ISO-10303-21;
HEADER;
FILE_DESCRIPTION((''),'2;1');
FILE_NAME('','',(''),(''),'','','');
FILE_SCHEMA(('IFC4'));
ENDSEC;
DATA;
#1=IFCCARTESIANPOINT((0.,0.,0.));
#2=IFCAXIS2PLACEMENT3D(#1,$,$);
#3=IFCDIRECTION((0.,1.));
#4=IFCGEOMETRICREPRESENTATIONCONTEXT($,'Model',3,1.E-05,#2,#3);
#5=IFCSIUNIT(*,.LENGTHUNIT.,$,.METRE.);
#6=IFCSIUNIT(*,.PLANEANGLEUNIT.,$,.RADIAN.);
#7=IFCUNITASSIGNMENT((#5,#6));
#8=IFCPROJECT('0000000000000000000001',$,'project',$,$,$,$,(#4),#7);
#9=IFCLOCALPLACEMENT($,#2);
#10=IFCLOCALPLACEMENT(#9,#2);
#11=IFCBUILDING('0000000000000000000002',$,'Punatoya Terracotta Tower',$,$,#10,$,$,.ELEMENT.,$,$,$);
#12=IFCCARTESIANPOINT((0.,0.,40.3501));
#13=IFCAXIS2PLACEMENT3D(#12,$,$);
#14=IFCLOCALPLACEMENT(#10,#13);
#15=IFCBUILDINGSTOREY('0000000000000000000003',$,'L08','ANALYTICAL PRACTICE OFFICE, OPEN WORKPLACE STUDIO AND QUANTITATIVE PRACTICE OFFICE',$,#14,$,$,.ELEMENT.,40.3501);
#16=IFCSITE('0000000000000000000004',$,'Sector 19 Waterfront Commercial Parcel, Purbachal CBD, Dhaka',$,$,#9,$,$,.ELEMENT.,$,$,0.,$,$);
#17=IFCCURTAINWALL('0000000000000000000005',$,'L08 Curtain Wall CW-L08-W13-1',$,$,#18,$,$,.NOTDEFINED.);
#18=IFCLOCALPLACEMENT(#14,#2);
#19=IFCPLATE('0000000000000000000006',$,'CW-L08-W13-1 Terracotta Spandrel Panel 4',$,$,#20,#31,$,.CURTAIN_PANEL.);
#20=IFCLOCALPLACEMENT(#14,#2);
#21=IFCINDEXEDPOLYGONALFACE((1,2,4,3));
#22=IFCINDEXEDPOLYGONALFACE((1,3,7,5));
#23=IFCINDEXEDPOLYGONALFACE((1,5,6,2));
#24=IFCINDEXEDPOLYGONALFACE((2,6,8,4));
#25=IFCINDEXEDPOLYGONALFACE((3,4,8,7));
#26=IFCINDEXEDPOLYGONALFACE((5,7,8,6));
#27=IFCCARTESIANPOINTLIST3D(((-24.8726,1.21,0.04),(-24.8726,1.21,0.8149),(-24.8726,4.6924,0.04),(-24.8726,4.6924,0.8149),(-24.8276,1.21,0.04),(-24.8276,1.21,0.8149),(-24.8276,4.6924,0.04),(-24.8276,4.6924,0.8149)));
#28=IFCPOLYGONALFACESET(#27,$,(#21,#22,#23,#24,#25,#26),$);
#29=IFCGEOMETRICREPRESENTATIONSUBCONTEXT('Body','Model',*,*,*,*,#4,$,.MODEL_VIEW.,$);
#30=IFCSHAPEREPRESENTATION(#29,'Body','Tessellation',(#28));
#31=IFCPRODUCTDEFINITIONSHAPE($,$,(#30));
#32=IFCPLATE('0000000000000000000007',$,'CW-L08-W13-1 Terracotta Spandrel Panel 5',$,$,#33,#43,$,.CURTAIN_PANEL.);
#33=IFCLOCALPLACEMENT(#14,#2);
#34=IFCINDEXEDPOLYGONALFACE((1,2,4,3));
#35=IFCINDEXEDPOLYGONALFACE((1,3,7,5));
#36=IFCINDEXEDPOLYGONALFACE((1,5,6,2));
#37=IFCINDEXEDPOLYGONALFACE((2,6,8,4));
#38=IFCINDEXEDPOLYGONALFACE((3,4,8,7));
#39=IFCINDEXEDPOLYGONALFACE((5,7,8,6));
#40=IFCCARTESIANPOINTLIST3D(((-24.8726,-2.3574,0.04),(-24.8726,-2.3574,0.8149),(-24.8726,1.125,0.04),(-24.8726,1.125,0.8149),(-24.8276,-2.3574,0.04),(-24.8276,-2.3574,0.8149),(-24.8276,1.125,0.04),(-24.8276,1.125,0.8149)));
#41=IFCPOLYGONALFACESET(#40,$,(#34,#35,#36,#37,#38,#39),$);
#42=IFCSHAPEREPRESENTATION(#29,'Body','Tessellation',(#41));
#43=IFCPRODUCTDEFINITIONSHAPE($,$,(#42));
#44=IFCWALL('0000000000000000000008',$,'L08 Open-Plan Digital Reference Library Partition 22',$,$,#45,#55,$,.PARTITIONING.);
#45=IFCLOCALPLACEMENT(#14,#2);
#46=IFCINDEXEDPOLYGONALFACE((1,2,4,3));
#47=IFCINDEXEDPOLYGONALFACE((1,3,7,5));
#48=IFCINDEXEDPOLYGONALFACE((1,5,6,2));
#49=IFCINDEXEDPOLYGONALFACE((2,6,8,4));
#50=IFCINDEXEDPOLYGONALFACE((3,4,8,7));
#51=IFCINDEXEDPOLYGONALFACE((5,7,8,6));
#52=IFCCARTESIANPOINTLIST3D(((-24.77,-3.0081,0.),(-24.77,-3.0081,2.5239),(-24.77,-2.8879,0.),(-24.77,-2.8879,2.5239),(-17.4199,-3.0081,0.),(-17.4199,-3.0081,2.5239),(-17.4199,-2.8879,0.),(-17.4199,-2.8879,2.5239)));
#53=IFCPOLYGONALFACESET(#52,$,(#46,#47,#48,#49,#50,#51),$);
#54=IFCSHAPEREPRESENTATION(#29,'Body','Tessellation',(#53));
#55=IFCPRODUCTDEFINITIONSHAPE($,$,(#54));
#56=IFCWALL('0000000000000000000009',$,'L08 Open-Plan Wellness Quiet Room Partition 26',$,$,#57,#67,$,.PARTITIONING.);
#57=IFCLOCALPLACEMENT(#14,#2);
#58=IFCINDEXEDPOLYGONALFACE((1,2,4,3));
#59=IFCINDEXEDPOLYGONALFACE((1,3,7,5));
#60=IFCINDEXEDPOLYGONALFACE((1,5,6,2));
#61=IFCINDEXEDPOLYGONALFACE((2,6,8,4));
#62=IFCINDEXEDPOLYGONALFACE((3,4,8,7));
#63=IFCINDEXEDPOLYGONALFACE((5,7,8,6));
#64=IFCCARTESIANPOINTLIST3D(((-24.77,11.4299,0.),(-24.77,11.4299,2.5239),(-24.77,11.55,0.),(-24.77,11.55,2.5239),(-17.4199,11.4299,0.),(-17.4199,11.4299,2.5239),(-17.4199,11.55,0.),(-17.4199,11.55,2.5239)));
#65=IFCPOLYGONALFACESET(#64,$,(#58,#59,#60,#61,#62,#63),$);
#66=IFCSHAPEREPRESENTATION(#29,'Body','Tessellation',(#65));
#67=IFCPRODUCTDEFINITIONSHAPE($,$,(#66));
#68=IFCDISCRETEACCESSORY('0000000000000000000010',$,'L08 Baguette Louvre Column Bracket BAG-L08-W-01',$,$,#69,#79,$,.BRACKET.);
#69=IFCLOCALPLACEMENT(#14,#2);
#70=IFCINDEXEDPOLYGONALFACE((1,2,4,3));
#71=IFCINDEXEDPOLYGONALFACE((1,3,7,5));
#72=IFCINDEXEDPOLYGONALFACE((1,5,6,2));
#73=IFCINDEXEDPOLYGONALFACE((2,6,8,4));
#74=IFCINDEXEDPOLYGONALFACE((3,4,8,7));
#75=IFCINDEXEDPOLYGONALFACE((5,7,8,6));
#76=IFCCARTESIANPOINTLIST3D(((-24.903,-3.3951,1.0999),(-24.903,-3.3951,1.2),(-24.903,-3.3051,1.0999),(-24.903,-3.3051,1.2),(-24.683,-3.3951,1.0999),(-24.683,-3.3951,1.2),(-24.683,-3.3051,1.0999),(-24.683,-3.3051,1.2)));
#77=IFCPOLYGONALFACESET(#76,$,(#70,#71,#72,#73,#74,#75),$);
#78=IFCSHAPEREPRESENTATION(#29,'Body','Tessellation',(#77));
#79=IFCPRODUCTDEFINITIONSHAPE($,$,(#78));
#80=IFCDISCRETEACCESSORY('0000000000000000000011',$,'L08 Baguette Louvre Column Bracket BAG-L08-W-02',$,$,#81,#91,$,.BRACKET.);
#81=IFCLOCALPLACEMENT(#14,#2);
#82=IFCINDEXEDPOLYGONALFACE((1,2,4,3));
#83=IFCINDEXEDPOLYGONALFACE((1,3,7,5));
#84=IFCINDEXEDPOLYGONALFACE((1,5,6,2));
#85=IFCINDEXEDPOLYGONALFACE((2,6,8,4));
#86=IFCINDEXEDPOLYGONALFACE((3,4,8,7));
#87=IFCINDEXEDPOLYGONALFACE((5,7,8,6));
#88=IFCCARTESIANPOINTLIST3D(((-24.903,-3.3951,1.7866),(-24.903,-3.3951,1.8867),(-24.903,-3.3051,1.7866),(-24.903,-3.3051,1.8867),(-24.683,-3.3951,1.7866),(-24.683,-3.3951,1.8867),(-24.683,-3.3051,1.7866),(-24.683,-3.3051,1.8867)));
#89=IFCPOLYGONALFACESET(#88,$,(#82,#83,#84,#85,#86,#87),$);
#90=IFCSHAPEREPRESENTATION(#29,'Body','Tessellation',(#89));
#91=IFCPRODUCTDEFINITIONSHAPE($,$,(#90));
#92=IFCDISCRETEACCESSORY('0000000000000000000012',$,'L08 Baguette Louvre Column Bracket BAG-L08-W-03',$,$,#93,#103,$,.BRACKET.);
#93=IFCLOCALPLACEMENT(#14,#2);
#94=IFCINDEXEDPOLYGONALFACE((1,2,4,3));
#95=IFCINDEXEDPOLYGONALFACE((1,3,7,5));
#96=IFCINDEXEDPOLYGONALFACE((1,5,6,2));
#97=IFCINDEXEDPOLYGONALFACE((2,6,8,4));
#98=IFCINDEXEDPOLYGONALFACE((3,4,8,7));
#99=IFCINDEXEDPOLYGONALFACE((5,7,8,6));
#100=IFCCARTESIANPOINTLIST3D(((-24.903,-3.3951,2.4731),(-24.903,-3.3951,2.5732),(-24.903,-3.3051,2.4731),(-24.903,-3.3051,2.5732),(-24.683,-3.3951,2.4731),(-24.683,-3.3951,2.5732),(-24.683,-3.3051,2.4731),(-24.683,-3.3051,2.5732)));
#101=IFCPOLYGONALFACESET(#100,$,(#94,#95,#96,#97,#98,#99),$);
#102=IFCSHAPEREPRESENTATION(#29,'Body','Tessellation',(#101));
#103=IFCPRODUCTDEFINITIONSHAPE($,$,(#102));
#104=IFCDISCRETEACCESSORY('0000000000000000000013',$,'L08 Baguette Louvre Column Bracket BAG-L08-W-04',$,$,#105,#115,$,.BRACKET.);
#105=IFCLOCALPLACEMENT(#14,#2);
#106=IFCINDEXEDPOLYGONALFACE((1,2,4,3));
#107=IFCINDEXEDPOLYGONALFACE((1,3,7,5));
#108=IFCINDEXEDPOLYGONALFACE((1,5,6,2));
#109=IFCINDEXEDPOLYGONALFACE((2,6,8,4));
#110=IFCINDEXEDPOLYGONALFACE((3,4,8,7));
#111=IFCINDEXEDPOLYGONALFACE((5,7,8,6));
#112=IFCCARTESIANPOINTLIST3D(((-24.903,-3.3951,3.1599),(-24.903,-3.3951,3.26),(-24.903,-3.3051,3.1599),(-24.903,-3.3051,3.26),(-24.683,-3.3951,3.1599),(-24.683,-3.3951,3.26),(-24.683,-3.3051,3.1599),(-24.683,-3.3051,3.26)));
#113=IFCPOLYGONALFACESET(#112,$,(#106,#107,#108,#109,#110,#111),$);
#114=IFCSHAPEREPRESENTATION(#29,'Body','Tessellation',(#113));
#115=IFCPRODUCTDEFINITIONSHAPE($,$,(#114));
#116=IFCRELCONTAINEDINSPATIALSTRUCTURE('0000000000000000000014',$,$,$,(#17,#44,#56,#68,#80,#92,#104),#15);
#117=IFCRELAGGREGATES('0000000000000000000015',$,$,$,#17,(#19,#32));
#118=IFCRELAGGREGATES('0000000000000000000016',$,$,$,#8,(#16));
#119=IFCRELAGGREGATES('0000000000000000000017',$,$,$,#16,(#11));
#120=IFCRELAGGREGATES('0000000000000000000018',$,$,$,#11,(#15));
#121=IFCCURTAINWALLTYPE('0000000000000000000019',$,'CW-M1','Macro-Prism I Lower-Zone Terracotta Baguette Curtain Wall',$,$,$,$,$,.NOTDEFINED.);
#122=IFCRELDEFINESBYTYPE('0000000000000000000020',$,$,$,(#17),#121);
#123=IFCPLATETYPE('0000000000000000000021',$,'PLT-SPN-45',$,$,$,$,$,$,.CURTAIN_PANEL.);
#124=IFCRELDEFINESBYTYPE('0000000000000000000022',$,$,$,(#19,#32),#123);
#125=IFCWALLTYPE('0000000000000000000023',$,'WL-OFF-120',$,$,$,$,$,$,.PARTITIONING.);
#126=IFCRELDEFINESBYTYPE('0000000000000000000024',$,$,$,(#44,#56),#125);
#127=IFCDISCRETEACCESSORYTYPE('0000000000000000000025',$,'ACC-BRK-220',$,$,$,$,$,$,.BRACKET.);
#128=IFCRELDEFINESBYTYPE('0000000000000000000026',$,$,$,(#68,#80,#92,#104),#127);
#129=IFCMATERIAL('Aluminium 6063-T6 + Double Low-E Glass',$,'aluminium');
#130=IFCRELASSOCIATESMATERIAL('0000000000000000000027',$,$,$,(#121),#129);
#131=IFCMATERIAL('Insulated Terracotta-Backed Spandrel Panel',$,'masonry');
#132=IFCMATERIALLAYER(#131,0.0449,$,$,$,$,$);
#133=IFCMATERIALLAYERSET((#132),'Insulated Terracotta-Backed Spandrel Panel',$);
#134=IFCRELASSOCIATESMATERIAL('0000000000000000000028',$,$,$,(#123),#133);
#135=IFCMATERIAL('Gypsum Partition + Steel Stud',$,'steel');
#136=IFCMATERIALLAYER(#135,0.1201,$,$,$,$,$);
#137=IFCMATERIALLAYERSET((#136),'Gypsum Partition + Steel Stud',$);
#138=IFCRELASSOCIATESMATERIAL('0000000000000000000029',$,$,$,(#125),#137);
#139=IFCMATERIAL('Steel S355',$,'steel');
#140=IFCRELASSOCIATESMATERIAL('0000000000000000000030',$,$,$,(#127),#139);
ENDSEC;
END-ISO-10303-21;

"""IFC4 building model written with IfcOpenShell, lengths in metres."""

from ifc_helpers import new_model, si_unit, direction, frame, frame_2d, origin, origin_2d, place, context, subcontext, project, spatial, rectangle, extrude, material, layer, layer_set, type_object, element, aggregate, save


model = new_model("IFC4")

# Units and contexts
model_context = context("Model", 3, precision=1e-05, world=origin(), true_north=direction((0.0, 1.0)))
body_context = subcontext(model_context, "Body", "Model", "MODEL_VIEW")
ifc_project = project(units=[si_unit("LENGTHUNIT", "METRE"), si_unit("PLANEANGLEUNIT", "RADIAN")], contexts=[model_context])

# Site, building, storey
site_placement = place(None, origin())
site = spatial("IfcSite", under=ifc_project, at=site_placement, Name="Sector 19 Waterfront Commercial Parcel, Purbachal CBD, Dhaka", CompositionType="ELEMENT", RefElevation=0.0)
building_placement = place(site_placement, origin())
building = spatial("IfcBuilding", under=site, at=building_placement, Name="Punatoya Terracotta Tower", CompositionType="ELEMENT")
storey_placement = place(building_placement, frame((0.0, 0.0, 40.3501)))
storey = spatial("IfcBuildingStorey", under=building, at=storey_placement, Name="L08", Description="ANALYTICAL PRACTICE OFFICE, OPEN WORKPLACE STUDIO AND QUANTITATIVE PRACTICE OFFICE", CompositionType="ELEMENT", Elevation=40.3501)

# Curtain wall
ifc_material_1 = material(Name="Aluminium 6063-T6 + Double Low-E Glass", Category="aluminium")
curtain_wall_type = type_object("IfcCurtainWallType", Name="CW-M1", Description="Macro-Prism I Lower-Zone Terracotta Baguette Curtain Wall", PredefinedType="NOTDEFINED", material=ifc_material_1)
curtain_wall_placement = place(storey_placement, origin())
curtain_wall = element("IfcCurtainWall", 1, at=curtain_wall_placement, inside=storey, type_object=curtain_wall_type, Name="L08 Curtain Wall CW-L08-W13-1", PredefinedType="NOTDEFINED")

# Shared definitions
ifc_material_2 = material(Name="Steel S355", Category="steel")

# Plates
ifc_material_3 = material(Name="Insulated Terracotta-Backed Spandrel Panel", Category="masonry")
ifc_layer_1 = layer(ifc_material_3, 0.0449)
ifc_layer_set_1 = layer_set([ifc_layer_1], Name="Insulated Terracotta-Backed Spandrel Panel")
plate_type_1 = type_object("IfcPlateType", Name="PLT-SPN-45", PredefinedType="CURTAIN_PANEL", material=ifc_layer_set_1)
plate_1_placement = place(storey_placement, frame((-24.8501, 2.9512, 0.04), z_axis=(0.0, 0.0, 1.0), x_axis=(0.0, -1.0, 0.0)))
plate_1 = element("IfcPlate", 2, at=plate_1_placement, type_object=plate_type_1, Name="CW-L08-W13-1 Terracotta Spandrel Panel 4", PredefinedType="CURTAIN_PANEL", context=body_context, shape_type="SweptSolid", body=[
    extrude(rectangle(XDim=3.4824, YDim=0.0449, at=origin_2d()), origin(), (0.0, 0.0, 1.0), 0.7749),
])
plate_2_placement = place(storey_placement, frame((-24.8501, -0.6162, 0.04), z_axis=(0.0, 0.0, 1.0), x_axis=(0.0, -1.0, 0.0)))
plate_2 = element("IfcPlate", 3, at=plate_2_placement, type_object=plate_type_1, Name="CW-L08-W13-1 Terracotta Spandrel Panel 5", PredefinedType="CURTAIN_PANEL", context=body_context, shape_type="SweptSolid", body=[
    extrude(rectangle(XDim=3.4824, YDim=0.0449, at=origin_2d()), origin(), (0.0, 0.0, 1.0), 0.7749),
])
aggregate(curtain_wall, [plate_1, plate_2])

# Walls
ifc_material_4 = material(Name="Gypsum Partition + Steel Stud", Category="steel")
ifc_layer_2 = layer(ifc_material_4, 0.1201)
ifc_layer_set_2 = layer_set([ifc_layer_2], Name="Gypsum Partition + Steel Stud")
wall_type = type_object("IfcWallType", Name="WL-OFF-120", PredefinedType="PARTITIONING", material=ifc_layer_set_2)
for number, where, z_axis, x_axis, name in (
    (4, (-24.77, -2.948, 0.0), (0.0, 0.0, 1.0), (1.0, 0.0, 0.0), "L08 Open-Plan Digital Reference Library Partition 22"),
    (5, (-24.77, 11.49, 0.0), (0.0, 0.0, 1.0), (1.0, 0.0, 0.0), "L08 Open-Plan Wellness Quiet Room Partition 26"),
):
    element("IfcWall", number, at=place(storey_placement, frame(where, z_axis=z_axis, x_axis=x_axis)), inside=storey, type_object=wall_type, Name=name, PredefinedType="PARTITIONING", context=body_context, shape_type="SweptSolid", body=[
        extrude(rectangle(XDim=7.3501, YDim=0.1201, at=frame_2d((3.675, 0.0))), origin(), (0.0, 0.0, 1.0), 2.5239),
    ])

# Discrete accessories
discrete_accessory_type = type_object("IfcDiscreteAccessoryType", Name="ACC-BRK-220", PredefinedType="BRACKET", material=ifc_material_2)
for number, where, z_axis, x_axis, name in (
    (6, (-24.793, -3.3501, 1.0999), (0.0, 0.0, 1.0), (0.0, 1.0, 0.0), "L08 Baguette Louvre Column Bracket BAG-L08-W-01"),
    (7, (-24.793, -3.3501, 1.7866), (0.0, 0.0, 1.0), (0.0, 1.0, 0.0), "L08 Baguette Louvre Column Bracket BAG-L08-W-02"),
    (8, (-24.793, -3.3501, 2.4731), (0.0, 0.0, 1.0), (0.0, 1.0, 0.0), "L08 Baguette Louvre Column Bracket BAG-L08-W-03"),
    (9, (-24.793, -3.3501, 3.1599), (0.0, 0.0, 1.0), (0.0, 1.0, 0.0), "L08 Baguette Louvre Column Bracket BAG-L08-W-04"),
):
    element("IfcDiscreteAccessory", number, at=place(storey_placement, frame(where, z_axis=z_axis, x_axis=x_axis)), inside=storey, type_object=discrete_accessory_type, Name=name, PredefinedType="BRACKET", context=body_context, shape_type="SweptSolid", body=[
        extrude(rectangle(XDim=0.0901, YDim=0.22, at=origin_2d()), origin(), (0.0, 0.0, 1.0), 0.1001),
    ])

save(model, "model.ifc")
